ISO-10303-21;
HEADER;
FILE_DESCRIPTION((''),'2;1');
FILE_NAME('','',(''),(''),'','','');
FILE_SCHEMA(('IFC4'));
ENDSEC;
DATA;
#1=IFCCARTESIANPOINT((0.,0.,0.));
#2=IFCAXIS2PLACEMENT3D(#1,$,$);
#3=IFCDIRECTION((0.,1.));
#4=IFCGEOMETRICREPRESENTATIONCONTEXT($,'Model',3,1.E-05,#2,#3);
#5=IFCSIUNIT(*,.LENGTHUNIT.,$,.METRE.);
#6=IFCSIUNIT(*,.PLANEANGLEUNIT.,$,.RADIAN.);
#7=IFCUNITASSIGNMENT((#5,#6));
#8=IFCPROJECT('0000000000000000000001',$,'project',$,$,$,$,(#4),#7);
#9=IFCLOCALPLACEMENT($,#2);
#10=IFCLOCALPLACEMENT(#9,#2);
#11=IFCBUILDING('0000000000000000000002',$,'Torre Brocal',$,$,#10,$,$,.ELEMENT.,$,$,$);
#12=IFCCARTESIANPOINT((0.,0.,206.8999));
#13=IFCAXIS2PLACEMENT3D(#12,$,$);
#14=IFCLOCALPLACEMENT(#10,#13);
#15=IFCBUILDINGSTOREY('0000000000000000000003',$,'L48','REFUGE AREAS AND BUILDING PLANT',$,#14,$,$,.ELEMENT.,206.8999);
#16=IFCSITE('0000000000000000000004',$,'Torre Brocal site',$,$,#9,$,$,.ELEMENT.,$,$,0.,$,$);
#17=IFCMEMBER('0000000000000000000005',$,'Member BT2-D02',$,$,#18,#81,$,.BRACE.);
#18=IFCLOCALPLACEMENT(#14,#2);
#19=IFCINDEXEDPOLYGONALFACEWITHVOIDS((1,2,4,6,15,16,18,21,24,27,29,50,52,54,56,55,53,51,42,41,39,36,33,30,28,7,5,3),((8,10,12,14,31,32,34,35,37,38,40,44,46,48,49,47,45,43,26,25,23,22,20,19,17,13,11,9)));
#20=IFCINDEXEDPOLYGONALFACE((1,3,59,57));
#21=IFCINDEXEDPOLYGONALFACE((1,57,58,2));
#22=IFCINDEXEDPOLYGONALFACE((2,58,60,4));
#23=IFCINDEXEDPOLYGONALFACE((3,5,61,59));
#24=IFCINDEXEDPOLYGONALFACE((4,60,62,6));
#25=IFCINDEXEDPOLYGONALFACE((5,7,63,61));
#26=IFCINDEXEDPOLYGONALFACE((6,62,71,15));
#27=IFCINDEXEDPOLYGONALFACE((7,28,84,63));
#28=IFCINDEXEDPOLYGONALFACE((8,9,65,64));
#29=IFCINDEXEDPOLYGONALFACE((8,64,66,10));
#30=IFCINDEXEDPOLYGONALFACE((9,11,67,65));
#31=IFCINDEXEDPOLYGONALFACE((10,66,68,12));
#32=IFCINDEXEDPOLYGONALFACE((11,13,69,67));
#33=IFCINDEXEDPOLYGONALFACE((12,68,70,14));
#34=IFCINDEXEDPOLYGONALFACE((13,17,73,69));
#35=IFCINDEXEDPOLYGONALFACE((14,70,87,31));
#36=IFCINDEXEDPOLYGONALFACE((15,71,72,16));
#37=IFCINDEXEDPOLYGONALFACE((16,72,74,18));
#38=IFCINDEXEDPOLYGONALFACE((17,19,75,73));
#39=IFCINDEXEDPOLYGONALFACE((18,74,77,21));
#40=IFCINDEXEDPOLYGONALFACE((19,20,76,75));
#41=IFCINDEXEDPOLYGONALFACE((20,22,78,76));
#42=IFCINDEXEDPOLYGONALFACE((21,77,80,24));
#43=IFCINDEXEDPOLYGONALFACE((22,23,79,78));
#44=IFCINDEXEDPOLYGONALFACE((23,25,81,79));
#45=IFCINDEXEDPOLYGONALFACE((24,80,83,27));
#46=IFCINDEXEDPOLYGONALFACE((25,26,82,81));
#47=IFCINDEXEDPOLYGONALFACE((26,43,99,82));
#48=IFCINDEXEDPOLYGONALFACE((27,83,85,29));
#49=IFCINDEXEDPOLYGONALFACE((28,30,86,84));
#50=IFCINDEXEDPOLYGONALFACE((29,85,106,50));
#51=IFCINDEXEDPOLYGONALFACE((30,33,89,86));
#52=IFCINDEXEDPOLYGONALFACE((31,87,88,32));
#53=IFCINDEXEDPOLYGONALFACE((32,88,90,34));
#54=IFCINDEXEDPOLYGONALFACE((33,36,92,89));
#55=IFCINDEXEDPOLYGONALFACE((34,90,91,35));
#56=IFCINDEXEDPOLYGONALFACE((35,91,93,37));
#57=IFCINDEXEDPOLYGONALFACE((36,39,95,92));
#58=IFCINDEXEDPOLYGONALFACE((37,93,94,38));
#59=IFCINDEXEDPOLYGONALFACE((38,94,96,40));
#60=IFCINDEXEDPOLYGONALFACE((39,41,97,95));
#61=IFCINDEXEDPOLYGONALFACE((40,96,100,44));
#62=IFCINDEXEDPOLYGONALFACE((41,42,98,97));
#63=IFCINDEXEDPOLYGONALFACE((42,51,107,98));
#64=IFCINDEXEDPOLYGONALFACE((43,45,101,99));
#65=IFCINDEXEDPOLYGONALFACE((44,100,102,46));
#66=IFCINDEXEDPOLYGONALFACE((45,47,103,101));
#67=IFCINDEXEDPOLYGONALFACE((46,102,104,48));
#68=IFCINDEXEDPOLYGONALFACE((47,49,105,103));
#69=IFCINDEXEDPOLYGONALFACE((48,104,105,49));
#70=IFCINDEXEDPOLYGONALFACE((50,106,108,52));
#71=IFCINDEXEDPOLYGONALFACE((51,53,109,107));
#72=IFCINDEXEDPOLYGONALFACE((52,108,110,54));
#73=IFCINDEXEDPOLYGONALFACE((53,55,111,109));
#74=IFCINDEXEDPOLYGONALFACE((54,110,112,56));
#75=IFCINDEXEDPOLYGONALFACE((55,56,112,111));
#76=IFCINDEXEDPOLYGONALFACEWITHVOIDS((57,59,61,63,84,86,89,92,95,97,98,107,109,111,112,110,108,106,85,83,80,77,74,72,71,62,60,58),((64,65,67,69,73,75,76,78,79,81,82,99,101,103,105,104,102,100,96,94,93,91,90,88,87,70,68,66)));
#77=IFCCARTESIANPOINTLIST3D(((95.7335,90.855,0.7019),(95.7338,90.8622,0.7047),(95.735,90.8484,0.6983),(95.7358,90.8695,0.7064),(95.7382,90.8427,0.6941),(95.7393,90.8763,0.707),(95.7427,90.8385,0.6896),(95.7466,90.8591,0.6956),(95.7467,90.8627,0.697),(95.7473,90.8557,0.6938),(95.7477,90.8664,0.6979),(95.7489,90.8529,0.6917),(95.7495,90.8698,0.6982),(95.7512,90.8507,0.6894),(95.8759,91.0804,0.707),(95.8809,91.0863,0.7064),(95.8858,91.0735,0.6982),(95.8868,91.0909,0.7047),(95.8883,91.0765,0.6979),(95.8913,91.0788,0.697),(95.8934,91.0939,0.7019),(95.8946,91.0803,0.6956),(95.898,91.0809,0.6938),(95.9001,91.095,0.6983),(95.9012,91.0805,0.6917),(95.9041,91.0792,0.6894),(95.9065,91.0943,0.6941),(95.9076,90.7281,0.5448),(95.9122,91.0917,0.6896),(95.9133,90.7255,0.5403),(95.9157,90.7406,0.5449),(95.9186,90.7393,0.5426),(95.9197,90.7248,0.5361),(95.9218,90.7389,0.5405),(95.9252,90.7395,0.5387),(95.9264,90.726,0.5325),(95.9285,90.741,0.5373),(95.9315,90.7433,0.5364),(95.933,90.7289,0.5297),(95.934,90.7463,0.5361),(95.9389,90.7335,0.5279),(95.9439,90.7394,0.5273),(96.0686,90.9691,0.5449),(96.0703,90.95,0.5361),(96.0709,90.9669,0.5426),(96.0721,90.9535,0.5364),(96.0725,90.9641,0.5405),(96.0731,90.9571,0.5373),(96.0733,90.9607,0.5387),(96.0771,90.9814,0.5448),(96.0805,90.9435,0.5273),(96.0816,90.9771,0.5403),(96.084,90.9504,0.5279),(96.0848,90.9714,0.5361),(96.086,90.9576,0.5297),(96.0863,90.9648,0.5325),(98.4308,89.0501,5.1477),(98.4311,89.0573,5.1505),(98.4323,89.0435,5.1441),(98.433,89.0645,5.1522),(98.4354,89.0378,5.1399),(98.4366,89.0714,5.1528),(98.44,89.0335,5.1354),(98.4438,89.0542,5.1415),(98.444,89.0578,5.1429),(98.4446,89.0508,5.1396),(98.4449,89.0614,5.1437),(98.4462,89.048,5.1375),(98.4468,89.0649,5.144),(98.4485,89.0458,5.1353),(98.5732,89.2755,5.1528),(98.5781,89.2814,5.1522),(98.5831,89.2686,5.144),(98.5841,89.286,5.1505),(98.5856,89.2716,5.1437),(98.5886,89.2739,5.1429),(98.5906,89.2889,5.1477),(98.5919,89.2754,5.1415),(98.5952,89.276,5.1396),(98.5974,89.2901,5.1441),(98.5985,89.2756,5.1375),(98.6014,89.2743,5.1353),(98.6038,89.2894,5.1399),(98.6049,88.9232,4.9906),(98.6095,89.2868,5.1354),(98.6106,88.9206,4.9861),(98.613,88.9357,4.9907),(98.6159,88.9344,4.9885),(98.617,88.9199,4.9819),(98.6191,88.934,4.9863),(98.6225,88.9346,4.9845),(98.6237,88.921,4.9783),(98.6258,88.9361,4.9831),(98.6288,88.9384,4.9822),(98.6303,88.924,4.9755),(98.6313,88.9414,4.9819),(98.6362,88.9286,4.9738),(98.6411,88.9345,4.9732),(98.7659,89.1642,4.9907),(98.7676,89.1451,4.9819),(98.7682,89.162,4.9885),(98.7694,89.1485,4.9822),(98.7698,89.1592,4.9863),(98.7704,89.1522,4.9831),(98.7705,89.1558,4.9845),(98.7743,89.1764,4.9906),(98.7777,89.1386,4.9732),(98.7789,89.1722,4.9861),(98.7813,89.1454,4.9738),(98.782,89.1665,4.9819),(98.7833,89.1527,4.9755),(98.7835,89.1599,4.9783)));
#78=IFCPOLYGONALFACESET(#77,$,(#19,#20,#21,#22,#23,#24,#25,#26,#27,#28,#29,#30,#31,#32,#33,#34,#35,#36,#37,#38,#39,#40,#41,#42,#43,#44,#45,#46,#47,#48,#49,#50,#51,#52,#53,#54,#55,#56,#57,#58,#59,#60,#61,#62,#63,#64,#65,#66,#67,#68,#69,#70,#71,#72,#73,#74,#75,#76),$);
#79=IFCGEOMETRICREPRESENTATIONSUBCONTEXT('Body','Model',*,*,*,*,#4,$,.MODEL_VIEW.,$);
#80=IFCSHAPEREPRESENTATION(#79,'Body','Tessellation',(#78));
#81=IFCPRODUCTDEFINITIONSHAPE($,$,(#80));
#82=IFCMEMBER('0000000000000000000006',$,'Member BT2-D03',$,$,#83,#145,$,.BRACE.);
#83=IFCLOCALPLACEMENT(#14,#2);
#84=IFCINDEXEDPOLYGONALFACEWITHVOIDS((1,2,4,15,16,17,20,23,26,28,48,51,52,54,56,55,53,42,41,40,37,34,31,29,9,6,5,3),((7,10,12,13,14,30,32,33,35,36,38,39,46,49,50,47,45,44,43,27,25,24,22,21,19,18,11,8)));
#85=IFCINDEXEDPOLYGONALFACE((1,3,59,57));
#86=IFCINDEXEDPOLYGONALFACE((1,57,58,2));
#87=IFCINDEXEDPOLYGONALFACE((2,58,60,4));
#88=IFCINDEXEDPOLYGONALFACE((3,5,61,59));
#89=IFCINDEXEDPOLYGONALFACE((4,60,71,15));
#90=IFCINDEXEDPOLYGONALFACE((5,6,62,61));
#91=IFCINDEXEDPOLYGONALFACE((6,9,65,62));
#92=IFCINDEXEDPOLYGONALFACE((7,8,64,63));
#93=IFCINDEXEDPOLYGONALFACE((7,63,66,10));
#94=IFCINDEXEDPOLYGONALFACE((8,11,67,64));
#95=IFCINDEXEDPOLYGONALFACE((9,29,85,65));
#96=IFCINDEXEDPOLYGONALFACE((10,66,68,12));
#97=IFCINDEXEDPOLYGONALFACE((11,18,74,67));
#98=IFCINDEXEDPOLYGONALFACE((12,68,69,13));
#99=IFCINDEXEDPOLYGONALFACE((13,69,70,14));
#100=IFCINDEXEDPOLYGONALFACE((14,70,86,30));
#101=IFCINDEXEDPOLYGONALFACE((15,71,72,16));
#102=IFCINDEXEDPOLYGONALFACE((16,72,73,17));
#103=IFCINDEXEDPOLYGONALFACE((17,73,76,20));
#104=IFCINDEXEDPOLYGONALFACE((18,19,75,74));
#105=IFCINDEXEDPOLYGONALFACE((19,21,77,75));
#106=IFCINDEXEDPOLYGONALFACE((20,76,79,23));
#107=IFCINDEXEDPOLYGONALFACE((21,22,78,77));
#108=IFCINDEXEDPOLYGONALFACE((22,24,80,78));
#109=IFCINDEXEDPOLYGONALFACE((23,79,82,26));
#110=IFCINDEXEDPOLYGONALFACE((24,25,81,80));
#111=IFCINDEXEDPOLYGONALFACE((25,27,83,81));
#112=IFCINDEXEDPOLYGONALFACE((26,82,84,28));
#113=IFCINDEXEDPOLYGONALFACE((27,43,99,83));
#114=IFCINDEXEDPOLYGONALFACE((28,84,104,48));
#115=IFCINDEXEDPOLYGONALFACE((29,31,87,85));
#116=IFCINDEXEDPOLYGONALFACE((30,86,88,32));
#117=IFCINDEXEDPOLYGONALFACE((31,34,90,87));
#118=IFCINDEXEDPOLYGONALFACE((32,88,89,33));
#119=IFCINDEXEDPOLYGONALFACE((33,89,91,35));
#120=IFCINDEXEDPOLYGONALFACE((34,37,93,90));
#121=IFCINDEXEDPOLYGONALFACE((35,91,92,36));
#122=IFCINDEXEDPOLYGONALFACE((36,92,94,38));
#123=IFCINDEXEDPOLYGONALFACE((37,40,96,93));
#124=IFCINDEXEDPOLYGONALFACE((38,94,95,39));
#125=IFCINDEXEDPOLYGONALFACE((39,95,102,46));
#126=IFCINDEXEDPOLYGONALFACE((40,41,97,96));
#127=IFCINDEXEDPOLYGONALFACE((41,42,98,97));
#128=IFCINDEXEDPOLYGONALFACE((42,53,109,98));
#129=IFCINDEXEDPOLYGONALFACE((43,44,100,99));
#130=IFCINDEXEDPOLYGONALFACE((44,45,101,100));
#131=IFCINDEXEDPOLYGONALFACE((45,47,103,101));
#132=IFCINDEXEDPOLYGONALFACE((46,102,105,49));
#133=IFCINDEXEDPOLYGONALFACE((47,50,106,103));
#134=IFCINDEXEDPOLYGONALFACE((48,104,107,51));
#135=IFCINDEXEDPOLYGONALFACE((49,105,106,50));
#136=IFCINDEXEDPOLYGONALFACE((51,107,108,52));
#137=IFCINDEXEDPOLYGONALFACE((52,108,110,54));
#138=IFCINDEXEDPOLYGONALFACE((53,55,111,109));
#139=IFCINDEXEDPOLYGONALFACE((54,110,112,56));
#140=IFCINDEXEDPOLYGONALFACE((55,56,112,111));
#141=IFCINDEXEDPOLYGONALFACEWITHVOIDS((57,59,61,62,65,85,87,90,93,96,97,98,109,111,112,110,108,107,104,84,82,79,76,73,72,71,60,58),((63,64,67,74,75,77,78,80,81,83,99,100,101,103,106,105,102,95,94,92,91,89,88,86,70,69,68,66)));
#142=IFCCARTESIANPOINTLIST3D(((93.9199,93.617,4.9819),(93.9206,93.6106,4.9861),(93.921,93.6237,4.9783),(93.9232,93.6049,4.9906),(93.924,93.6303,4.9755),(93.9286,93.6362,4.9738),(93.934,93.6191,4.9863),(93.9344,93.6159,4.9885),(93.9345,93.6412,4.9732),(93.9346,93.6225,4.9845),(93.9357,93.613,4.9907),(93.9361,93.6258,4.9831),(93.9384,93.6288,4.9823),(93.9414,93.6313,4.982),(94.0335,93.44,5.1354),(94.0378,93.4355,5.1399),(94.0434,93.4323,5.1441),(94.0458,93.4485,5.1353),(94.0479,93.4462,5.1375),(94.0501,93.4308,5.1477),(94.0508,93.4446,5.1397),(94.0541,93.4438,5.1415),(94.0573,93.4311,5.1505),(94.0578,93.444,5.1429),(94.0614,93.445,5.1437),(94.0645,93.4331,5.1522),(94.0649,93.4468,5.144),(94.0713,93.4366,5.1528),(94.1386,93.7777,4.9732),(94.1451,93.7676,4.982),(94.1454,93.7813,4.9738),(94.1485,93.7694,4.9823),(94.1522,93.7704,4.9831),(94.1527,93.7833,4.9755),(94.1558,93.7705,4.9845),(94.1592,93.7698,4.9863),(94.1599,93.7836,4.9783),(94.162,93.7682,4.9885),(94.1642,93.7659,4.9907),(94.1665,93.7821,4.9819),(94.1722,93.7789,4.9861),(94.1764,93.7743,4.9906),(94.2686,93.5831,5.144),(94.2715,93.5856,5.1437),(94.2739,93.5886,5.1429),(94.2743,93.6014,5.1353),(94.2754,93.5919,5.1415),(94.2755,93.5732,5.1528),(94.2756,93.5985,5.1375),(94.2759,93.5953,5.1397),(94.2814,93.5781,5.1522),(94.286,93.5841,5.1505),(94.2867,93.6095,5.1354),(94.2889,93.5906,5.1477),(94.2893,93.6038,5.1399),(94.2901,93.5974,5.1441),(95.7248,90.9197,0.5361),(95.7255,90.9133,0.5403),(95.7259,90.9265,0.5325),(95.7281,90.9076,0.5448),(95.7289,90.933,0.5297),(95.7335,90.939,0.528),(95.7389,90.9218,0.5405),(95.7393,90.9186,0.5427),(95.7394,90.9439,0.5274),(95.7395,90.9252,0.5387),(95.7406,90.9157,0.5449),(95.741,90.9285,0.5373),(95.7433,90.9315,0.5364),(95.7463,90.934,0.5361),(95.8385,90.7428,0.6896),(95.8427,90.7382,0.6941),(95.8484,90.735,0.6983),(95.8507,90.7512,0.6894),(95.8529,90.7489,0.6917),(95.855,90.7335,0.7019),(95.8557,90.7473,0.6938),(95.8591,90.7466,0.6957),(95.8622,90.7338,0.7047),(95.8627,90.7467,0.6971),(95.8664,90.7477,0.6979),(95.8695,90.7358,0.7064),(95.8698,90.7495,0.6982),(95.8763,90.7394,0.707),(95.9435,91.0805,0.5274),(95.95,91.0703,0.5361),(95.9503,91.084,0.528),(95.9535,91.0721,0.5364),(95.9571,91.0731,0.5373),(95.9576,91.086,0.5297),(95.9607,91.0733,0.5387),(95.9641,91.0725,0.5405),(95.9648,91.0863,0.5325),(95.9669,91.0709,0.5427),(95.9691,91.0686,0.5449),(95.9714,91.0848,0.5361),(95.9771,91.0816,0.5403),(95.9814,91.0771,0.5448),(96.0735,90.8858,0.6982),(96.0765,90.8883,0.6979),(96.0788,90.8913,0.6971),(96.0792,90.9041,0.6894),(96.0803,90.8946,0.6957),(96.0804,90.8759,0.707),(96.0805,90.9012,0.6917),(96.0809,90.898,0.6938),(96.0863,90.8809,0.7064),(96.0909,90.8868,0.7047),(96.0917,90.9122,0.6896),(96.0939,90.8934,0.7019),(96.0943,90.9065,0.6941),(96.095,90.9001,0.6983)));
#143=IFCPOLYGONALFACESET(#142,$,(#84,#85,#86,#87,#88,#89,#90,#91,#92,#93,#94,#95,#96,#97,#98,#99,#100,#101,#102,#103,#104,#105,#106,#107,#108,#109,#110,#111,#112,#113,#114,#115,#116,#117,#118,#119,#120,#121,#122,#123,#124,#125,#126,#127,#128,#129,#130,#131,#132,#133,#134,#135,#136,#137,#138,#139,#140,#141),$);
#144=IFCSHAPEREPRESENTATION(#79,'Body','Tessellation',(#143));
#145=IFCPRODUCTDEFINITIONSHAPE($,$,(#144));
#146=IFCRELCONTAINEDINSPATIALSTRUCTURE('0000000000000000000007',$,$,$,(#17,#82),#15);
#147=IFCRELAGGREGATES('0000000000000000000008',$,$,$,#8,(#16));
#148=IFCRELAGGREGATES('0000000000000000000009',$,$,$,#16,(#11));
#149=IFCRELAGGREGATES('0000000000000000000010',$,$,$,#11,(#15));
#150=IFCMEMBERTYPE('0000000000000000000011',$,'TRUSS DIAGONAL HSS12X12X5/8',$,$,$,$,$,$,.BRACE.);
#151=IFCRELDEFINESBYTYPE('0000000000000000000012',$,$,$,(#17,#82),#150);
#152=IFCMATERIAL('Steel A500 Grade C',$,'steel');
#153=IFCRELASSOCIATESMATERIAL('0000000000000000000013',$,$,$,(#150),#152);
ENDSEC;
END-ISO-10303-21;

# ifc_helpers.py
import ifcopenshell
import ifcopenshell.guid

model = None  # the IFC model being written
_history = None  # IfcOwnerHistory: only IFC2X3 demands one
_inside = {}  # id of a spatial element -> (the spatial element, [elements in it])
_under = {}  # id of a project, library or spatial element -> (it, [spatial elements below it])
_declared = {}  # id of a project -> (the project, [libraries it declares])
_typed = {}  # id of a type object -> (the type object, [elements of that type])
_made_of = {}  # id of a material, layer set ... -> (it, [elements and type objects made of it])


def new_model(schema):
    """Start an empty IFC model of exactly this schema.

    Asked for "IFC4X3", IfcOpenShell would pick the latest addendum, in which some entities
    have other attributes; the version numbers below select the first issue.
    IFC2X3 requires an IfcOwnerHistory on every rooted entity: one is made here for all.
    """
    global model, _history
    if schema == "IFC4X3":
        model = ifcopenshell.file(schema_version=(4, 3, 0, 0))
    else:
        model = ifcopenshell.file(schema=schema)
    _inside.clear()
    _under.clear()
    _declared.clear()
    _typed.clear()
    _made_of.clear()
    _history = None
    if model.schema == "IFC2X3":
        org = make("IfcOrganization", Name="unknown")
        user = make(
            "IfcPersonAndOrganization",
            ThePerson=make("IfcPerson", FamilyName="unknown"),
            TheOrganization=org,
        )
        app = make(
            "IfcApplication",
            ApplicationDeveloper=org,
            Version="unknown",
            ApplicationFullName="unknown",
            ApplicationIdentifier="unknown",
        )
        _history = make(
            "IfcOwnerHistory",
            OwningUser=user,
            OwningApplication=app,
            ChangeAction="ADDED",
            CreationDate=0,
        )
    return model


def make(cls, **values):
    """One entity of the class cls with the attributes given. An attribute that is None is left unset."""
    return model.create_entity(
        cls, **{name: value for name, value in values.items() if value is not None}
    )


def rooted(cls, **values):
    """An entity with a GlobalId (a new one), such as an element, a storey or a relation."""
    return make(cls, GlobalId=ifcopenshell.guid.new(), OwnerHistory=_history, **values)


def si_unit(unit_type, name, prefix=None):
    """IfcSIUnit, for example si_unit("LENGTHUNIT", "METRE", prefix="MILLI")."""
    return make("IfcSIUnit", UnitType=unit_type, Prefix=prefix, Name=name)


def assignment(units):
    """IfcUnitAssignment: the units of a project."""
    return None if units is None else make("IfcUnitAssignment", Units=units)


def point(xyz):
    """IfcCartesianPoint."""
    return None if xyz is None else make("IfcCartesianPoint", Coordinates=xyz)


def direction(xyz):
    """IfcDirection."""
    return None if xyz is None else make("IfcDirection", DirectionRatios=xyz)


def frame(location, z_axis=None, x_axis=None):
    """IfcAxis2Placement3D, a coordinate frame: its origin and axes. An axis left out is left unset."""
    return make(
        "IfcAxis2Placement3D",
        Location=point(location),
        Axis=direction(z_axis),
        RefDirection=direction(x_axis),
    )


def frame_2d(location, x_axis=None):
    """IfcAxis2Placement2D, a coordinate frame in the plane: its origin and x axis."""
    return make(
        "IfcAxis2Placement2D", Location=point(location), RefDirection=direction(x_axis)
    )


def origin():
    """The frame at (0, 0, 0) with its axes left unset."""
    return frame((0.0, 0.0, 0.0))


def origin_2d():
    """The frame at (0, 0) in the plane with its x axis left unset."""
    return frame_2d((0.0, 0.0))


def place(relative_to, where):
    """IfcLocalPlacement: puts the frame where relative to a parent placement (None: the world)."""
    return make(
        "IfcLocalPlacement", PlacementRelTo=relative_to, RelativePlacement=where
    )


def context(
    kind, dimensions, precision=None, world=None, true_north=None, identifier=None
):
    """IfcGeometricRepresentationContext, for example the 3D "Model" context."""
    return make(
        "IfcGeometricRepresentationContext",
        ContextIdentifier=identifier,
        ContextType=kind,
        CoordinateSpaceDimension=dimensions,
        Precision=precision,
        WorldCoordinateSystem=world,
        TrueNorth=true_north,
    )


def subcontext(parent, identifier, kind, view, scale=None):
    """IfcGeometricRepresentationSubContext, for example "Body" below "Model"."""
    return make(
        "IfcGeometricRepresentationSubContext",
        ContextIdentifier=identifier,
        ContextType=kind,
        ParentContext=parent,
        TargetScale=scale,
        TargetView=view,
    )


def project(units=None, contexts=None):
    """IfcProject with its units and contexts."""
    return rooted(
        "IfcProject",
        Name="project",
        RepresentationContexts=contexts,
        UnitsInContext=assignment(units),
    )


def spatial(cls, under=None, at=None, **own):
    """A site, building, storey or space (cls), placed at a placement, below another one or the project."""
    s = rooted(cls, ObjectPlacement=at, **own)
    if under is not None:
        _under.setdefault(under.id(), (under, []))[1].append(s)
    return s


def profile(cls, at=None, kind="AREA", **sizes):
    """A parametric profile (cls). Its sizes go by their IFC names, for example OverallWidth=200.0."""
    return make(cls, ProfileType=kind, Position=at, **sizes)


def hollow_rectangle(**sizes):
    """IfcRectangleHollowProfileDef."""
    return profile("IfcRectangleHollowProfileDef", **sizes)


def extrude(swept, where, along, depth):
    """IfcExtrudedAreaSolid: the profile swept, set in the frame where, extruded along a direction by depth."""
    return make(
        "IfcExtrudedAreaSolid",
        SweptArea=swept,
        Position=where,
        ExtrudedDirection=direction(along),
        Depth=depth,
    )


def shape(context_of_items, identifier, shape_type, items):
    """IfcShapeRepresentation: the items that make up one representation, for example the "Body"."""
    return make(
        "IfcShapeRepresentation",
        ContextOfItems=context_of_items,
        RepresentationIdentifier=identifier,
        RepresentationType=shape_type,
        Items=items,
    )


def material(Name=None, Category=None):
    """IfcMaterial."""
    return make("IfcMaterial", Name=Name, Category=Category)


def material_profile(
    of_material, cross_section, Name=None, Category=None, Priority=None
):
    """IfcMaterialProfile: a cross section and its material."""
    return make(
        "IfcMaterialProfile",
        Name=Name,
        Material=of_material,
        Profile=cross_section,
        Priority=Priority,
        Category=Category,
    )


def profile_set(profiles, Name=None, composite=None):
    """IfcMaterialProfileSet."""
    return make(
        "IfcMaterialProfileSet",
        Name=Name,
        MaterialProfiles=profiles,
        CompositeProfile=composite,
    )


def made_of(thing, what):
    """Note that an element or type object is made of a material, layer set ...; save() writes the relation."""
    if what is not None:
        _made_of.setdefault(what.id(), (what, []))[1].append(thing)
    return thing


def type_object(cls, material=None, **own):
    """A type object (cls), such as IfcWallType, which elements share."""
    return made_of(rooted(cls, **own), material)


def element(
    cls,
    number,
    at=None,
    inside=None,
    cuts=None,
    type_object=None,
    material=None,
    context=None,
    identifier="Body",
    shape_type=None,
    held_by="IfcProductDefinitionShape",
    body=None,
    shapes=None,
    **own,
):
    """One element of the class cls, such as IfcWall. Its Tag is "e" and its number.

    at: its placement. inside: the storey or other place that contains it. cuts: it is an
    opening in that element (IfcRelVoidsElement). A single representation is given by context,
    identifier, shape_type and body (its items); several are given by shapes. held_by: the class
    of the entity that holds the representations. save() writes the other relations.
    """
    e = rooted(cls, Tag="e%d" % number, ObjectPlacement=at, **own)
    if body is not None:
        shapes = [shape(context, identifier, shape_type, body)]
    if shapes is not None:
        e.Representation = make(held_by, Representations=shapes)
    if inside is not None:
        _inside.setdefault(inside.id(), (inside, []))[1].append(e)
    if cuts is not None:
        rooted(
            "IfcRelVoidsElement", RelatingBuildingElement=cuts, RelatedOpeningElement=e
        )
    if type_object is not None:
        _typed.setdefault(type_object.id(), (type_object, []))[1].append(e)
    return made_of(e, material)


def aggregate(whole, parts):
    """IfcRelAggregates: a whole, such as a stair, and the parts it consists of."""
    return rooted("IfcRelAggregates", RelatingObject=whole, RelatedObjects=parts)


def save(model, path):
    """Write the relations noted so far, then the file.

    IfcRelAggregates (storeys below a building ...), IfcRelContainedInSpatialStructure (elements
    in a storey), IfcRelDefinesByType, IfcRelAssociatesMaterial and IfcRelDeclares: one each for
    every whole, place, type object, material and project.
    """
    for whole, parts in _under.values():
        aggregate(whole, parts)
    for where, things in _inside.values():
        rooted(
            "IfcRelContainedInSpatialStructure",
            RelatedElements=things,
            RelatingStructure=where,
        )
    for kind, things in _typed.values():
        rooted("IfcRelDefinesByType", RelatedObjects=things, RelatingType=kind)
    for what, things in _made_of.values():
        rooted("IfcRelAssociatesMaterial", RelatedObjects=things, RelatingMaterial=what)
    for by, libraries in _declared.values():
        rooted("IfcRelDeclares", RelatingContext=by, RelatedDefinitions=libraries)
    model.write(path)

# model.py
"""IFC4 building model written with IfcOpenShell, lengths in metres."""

from ifc_helpers import new_model, si_unit, direction, frame, origin, origin_2d, place, context, subcontext, project, spatial, hollow_rectangle, extrude, material, material_profile, profile_set, type_object, element, save


model = new_model("IFC4")

# Units and contexts
model_context = context("Model", 3, precision=1e-05, world=origin(), true_north=direction((0.0, 1.0)))
body_context = subcontext(model_context, "Body", "Model", "MODEL_VIEW")
ifc_project = project(units=[si_unit("LENGTHUNIT", "METRE"), si_unit("PLANEANGLEUNIT", "RADIAN")], contexts=[model_context])

# Site, building, storey
site_placement = place(None, origin())
site = spatial("IfcSite", under=ifc_project, at=site_placement, Name="Torre Brocal site", CompositionType="ELEMENT", RefElevation=0.0)
building_placement = place(site_placement, origin())
building = spatial("IfcBuilding", under=site, at=building_placement, Name="Torre Brocal", CompositionType="ELEMENT")
storey_placement = place(building_placement, frame((0.0, 0.0, 206.8999)))
storey = spatial("IfcBuildingStorey", under=building, at=storey_placement, Name="L48", Description="REFUGE AREAS AND BUILDING PLANT", CompositionType="ELEMENT", Elevation=206.8999)

# Members
ifc_material_1 = material(Name="Steel A500 Grade C", Category="steel")
ifc_material_profile_1 = material_profile(ifc_material_1, hollow_rectangle(XDim=0.3047, YDim=0.3047, WallThickness=0.0149, InnerFilletRadius=0.0149, OuterFilletRadius=0.0295, at=origin_2d()), Name="HSS12X12X5/8")
ifc_profile_set_1 = profile_set([ifc_material_profile_1], Name="Steel A500 Grade C")
member_type_1 = type_object("IfcMemberType", Name="TRUSS DIAGONAL HSS12X12X5/8", PredefinedType="BRACE", material=ifc_profile_set_1)
for number, where, z_axis, x_axis, name in (
    (1, (98.6072, 89.105, 5.063), (-0.490022, 0.327908, -0.807685), (-0.55614, -0.831088, 0.0), "Member BT2-D02"),
    (2, (95.9099, 90.9099, 0.6172), (-0.327908, 0.490022, 0.807685), (-0.831088, -0.55614, 0.0), "Member BT2-D03"),
):
    element("IfcMember", number, at=place(storey_placement, frame(where, z_axis=z_axis, x_axis=x_axis)), inside=storey, type_object=member_type_1, Name=name, PredefinedType="BRACE", context=body_context, shape_type="SweptSolid", body=[
        extrude(hollow_rectangle(XDim=0.3047, YDim=0.3047, WallThickness=0.0149, InnerFilletRadius=0.0149, OuterFilletRadius=0.0295, at=origin_2d()), origin(), (0.0, 0.0, 1.0), 5.5044),
    ])

save(model, "model.ifc")
